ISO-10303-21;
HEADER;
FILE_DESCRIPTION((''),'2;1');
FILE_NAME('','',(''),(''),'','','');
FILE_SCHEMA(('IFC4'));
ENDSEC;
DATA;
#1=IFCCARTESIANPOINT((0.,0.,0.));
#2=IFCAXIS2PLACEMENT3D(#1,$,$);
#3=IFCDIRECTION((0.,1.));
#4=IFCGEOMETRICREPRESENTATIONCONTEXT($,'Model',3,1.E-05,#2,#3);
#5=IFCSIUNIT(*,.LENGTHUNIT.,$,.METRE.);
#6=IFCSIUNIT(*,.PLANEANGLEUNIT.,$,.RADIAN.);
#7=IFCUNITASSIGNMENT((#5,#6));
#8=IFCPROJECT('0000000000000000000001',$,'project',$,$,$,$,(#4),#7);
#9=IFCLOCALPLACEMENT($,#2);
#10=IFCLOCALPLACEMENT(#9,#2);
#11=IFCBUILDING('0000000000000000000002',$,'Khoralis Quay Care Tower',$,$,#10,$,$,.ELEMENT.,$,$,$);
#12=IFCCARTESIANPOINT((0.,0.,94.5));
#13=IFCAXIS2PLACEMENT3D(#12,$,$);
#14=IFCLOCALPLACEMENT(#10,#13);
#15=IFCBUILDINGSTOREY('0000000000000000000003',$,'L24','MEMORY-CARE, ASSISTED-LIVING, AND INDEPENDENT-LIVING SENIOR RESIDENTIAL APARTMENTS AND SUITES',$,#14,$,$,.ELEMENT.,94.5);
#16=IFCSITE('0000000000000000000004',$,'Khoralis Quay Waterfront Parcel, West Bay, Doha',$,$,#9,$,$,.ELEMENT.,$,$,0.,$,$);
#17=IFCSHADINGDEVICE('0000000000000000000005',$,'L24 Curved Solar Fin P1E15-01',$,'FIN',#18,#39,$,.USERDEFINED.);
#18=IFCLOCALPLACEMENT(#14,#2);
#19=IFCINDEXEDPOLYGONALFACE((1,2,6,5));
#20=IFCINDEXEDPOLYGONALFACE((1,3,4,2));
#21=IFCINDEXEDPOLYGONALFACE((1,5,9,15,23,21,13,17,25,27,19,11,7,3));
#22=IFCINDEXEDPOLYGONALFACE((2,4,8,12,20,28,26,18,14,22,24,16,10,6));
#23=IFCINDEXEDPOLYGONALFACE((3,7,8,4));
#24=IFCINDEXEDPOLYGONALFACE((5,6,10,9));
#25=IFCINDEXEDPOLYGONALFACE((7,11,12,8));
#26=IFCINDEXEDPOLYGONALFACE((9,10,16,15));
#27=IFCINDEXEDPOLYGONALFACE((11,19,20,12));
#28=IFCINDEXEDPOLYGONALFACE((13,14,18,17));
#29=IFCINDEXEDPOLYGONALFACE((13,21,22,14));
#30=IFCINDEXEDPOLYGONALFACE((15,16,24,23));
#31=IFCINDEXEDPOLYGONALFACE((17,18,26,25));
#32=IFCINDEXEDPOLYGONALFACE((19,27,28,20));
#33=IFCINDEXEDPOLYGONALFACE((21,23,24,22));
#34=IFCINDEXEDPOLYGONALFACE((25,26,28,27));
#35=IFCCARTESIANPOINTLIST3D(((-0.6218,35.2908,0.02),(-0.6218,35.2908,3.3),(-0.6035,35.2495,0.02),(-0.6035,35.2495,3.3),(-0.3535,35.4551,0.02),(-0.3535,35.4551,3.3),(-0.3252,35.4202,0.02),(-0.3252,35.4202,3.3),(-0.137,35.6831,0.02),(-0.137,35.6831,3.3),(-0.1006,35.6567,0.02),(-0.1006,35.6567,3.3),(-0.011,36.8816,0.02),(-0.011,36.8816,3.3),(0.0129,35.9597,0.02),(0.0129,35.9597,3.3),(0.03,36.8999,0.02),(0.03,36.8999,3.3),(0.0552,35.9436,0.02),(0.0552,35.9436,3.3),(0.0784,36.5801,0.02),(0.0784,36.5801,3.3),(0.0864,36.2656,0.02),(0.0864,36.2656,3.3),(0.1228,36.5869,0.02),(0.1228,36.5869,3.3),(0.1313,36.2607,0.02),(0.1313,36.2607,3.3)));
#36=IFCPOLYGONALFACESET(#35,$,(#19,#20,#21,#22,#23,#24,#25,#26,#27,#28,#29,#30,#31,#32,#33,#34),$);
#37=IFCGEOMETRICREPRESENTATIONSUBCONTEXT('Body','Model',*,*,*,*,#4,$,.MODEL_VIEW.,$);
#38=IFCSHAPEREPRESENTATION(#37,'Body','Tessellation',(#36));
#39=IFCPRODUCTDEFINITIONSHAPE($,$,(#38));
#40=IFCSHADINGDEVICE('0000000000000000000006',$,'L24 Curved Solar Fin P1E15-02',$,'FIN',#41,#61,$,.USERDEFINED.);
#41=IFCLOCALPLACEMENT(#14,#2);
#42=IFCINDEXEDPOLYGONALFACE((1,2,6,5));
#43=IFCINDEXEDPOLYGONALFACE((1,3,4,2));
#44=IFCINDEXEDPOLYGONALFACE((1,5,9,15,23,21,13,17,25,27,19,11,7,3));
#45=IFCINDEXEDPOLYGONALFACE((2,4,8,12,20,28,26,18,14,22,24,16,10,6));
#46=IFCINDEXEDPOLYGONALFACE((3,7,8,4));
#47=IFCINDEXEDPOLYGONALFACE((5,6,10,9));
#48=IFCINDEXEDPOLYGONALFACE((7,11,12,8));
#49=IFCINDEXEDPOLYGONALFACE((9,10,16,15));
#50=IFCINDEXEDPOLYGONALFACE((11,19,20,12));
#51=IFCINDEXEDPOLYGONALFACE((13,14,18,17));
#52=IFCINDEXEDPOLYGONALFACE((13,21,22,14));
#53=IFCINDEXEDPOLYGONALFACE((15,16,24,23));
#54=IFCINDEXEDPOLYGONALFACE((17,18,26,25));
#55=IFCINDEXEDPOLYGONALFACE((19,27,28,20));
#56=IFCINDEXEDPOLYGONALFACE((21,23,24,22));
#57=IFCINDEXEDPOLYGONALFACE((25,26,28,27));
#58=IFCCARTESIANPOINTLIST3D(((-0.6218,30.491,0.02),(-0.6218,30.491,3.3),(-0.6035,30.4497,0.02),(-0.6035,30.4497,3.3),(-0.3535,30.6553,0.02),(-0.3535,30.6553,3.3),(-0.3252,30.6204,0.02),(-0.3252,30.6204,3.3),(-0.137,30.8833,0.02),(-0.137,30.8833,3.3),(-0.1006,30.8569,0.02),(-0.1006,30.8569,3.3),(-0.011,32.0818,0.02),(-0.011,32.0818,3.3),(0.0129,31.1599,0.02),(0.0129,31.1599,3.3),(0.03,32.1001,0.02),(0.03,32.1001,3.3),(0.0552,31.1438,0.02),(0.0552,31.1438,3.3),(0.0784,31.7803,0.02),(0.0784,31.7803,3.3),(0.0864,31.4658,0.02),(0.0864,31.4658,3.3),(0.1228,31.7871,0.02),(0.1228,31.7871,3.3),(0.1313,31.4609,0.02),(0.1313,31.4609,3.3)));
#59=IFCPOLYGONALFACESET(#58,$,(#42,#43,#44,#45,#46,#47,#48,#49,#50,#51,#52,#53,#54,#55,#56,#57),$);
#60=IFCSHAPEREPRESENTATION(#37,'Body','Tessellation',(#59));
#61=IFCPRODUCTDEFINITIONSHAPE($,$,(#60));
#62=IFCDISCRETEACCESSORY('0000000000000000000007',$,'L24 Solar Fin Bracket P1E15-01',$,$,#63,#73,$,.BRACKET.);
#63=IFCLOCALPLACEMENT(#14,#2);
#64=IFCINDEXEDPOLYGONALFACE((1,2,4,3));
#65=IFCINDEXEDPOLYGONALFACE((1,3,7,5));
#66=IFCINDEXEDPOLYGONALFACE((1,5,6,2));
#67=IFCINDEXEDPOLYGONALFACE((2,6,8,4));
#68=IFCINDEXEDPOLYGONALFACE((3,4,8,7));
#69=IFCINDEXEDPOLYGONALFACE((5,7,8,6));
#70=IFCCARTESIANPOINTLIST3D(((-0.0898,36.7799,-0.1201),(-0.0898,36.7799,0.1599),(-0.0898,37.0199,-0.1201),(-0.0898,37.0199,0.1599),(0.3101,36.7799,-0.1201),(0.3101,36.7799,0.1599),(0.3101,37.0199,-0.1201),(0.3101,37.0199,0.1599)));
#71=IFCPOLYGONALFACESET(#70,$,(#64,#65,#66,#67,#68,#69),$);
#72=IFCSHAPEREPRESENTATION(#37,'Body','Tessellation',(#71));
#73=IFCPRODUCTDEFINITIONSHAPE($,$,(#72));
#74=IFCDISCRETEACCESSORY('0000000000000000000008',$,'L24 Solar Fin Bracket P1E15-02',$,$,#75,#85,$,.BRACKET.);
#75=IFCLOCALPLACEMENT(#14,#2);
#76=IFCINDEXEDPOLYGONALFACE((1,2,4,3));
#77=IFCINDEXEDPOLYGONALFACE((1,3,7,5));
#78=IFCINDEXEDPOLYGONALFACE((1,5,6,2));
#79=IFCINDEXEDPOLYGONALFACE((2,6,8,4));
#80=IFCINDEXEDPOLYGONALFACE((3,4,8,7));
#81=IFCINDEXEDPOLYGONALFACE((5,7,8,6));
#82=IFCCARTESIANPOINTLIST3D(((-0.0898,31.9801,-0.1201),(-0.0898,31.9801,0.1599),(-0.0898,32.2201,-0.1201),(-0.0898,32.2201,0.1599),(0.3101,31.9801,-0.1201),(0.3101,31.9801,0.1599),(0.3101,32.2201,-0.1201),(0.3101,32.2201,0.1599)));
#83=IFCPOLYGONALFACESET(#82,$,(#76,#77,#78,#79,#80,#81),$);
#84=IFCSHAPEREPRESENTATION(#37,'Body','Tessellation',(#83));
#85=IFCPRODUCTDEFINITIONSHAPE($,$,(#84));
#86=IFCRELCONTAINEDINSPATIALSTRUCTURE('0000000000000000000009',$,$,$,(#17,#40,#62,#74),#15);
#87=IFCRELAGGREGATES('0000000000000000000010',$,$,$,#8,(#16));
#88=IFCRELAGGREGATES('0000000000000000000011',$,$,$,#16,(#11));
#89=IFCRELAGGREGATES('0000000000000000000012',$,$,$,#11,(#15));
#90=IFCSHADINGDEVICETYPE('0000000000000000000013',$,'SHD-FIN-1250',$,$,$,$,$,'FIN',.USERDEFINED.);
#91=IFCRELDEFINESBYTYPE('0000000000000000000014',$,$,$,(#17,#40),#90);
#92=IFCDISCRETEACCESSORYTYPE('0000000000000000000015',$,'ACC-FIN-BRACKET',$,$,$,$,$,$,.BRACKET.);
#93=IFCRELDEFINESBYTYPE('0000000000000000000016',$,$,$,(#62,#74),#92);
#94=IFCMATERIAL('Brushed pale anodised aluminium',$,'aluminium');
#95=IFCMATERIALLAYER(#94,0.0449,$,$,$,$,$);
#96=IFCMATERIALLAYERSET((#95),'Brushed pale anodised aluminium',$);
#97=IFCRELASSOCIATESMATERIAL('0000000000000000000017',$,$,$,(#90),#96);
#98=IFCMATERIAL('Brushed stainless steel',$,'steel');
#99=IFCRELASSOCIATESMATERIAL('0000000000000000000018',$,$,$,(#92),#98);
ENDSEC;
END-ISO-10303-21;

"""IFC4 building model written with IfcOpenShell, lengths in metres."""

from ifc_helpers import new_model, si_unit, direction, frame, origin, origin_2d, place, context, subcontext, project, spatial, polyline, rectangle, outline, extrude, source, transform, mapped, material, layer, layer_set, type_object, element, save


model = new_model("IFC4")

# Units and contexts
model_context = context("Model", 3, precision=1e-05, world=origin(), true_north=direction((0.0, 1.0)))
body_context = subcontext(model_context, "Body", "Model", "MODEL_VIEW")
ifc_project = project(units=[si_unit("LENGTHUNIT", "METRE"), si_unit("PLANEANGLEUNIT", "RADIAN")], contexts=[model_context])

# Site, building, storey
site_placement = place(None, origin())
site = spatial("IfcSite", under=ifc_project, at=site_placement, Name="Khoralis Quay Waterfront Parcel, West Bay, Doha", CompositionType="ELEMENT", RefElevation=0.0)
building_placement = place(site_placement, origin())
building = spatial("IfcBuilding", under=site, at=building_placement, Name="Khoralis Quay Care Tower", CompositionType="ELEMENT")
storey_placement = place(building_placement, frame((0.0, 0.0, 94.5)))
storey = spatial("IfcBuildingStorey", under=building, at=storey_placement, Name="L24", Description="MEMORY-CARE, ASSISTED-LIVING, AND INDEPENDENT-LIVING SENIOR RESIDENTIAL APARTMENTS AND SUITES", CompositionType="ELEMENT", Elevation=94.5)

# Shading devices
ifc_material_1 = material(Name="Brushed pale anodised aluminium", Category="aluminium")
ifc_layer_1 = layer(ifc_material_1, 0.0449)
ifc_layer_set_1 = layer_set([ifc_layer_1], Name="Brushed pale anodised aluminium")
shading_device_type = type_object("IfcShadingDeviceType", Name="SHD-FIN-1250", ElementType="FIN", PredefinedType="USERDEFINED", material=ifc_layer_set_1)
shared_shape_1 = source(origin(), body_context, "Body", "SweptSolid", [
    extrude(outline(polyline([(0.0, 0.0), (-0.0928, 0.313), (-0.1013, 0.6392), (-0.0251, 0.9563), (0.1306, 1.2432), (0.3552, 1.4797), (0.6335, 1.6504), (0.6519, 1.6091), (0.3835, 1.4448), (0.167, 1.2168), (0.0171, 0.9402), (-0.0564, 0.6343), (-0.0483, 0.3198), (0.041, 0.0183), (0.0, 0.0)])), origin(), (0.0, 0.0, 1.0), 3.28),
])
for number, where, z_axis, x_axis, name in (
    (1, (0.03, 36.8999, 0.02), (0.0, 0.0, 1.0), (-1.0, 0.0, 0.0), "L24 Curved Solar Fin P1E15-01"),
    (2, (0.03, 32.1001, 0.02), (0.0, 0.0, 1.0), (-1.0, 0.0, 0.0), "L24 Curved Solar Fin P1E15-02"),
):
    element("IfcShadingDevice", number, at=place(storey_placement, frame(where, z_axis=z_axis, x_axis=x_axis)), inside=storey, type_object=shading_device_type, Name=name, ObjectType="FIN", PredefinedType="USERDEFINED", context=body_context, shape_type="MappedRepresentation", body=[
        mapped(shared_shape_1, transform((0.0, 0.0, 0.0), scale=1.0)),
    ])

# Discrete accessories
ifc_material_2 = material(Name="Brushed stainless steel", Category="steel")
discrete_accessory_type = type_object("IfcDiscreteAccessoryType", Name="ACC-FIN-BRACKET", PredefinedType="BRACKET", material=ifc_material_2)
shared_shape_2 = source(origin(), body_context, "Body", "SweptSolid", [
    extrude(rectangle(XDim=0.3999, YDim=0.24, at=origin_2d()), origin(), (0.0, 0.0, 1.0), 0.28),
])
for number, where, z_axis, x_axis, name in (
    (3, (0.1101, 36.8999, -0.1201), (0.0, 0.0, 1.0), (-1.0, 0.0, 0.0), "L24 Solar Fin Bracket P1E15-01"),
    (4, (0.1101, 32.1001, -0.1201), (0.0, 0.0, 1.0), (-1.0, 0.0, 0.0), "L24 Solar Fin Bracket P1E15-02"),
):
    element("IfcDiscreteAccessory", number, at=place(storey_placement, frame(where, z_axis=z_axis, x_axis=x_axis)), inside=storey, type_object=discrete_accessory_type, Name=name, PredefinedType="BRACKET", context=body_context, shape_type="MappedRepresentation", body=[
        mapped(shared_shape_2, transform((0.0, 0.0, 0.0), scale=1.0)),
    ])

save(model, "model.ifc")
